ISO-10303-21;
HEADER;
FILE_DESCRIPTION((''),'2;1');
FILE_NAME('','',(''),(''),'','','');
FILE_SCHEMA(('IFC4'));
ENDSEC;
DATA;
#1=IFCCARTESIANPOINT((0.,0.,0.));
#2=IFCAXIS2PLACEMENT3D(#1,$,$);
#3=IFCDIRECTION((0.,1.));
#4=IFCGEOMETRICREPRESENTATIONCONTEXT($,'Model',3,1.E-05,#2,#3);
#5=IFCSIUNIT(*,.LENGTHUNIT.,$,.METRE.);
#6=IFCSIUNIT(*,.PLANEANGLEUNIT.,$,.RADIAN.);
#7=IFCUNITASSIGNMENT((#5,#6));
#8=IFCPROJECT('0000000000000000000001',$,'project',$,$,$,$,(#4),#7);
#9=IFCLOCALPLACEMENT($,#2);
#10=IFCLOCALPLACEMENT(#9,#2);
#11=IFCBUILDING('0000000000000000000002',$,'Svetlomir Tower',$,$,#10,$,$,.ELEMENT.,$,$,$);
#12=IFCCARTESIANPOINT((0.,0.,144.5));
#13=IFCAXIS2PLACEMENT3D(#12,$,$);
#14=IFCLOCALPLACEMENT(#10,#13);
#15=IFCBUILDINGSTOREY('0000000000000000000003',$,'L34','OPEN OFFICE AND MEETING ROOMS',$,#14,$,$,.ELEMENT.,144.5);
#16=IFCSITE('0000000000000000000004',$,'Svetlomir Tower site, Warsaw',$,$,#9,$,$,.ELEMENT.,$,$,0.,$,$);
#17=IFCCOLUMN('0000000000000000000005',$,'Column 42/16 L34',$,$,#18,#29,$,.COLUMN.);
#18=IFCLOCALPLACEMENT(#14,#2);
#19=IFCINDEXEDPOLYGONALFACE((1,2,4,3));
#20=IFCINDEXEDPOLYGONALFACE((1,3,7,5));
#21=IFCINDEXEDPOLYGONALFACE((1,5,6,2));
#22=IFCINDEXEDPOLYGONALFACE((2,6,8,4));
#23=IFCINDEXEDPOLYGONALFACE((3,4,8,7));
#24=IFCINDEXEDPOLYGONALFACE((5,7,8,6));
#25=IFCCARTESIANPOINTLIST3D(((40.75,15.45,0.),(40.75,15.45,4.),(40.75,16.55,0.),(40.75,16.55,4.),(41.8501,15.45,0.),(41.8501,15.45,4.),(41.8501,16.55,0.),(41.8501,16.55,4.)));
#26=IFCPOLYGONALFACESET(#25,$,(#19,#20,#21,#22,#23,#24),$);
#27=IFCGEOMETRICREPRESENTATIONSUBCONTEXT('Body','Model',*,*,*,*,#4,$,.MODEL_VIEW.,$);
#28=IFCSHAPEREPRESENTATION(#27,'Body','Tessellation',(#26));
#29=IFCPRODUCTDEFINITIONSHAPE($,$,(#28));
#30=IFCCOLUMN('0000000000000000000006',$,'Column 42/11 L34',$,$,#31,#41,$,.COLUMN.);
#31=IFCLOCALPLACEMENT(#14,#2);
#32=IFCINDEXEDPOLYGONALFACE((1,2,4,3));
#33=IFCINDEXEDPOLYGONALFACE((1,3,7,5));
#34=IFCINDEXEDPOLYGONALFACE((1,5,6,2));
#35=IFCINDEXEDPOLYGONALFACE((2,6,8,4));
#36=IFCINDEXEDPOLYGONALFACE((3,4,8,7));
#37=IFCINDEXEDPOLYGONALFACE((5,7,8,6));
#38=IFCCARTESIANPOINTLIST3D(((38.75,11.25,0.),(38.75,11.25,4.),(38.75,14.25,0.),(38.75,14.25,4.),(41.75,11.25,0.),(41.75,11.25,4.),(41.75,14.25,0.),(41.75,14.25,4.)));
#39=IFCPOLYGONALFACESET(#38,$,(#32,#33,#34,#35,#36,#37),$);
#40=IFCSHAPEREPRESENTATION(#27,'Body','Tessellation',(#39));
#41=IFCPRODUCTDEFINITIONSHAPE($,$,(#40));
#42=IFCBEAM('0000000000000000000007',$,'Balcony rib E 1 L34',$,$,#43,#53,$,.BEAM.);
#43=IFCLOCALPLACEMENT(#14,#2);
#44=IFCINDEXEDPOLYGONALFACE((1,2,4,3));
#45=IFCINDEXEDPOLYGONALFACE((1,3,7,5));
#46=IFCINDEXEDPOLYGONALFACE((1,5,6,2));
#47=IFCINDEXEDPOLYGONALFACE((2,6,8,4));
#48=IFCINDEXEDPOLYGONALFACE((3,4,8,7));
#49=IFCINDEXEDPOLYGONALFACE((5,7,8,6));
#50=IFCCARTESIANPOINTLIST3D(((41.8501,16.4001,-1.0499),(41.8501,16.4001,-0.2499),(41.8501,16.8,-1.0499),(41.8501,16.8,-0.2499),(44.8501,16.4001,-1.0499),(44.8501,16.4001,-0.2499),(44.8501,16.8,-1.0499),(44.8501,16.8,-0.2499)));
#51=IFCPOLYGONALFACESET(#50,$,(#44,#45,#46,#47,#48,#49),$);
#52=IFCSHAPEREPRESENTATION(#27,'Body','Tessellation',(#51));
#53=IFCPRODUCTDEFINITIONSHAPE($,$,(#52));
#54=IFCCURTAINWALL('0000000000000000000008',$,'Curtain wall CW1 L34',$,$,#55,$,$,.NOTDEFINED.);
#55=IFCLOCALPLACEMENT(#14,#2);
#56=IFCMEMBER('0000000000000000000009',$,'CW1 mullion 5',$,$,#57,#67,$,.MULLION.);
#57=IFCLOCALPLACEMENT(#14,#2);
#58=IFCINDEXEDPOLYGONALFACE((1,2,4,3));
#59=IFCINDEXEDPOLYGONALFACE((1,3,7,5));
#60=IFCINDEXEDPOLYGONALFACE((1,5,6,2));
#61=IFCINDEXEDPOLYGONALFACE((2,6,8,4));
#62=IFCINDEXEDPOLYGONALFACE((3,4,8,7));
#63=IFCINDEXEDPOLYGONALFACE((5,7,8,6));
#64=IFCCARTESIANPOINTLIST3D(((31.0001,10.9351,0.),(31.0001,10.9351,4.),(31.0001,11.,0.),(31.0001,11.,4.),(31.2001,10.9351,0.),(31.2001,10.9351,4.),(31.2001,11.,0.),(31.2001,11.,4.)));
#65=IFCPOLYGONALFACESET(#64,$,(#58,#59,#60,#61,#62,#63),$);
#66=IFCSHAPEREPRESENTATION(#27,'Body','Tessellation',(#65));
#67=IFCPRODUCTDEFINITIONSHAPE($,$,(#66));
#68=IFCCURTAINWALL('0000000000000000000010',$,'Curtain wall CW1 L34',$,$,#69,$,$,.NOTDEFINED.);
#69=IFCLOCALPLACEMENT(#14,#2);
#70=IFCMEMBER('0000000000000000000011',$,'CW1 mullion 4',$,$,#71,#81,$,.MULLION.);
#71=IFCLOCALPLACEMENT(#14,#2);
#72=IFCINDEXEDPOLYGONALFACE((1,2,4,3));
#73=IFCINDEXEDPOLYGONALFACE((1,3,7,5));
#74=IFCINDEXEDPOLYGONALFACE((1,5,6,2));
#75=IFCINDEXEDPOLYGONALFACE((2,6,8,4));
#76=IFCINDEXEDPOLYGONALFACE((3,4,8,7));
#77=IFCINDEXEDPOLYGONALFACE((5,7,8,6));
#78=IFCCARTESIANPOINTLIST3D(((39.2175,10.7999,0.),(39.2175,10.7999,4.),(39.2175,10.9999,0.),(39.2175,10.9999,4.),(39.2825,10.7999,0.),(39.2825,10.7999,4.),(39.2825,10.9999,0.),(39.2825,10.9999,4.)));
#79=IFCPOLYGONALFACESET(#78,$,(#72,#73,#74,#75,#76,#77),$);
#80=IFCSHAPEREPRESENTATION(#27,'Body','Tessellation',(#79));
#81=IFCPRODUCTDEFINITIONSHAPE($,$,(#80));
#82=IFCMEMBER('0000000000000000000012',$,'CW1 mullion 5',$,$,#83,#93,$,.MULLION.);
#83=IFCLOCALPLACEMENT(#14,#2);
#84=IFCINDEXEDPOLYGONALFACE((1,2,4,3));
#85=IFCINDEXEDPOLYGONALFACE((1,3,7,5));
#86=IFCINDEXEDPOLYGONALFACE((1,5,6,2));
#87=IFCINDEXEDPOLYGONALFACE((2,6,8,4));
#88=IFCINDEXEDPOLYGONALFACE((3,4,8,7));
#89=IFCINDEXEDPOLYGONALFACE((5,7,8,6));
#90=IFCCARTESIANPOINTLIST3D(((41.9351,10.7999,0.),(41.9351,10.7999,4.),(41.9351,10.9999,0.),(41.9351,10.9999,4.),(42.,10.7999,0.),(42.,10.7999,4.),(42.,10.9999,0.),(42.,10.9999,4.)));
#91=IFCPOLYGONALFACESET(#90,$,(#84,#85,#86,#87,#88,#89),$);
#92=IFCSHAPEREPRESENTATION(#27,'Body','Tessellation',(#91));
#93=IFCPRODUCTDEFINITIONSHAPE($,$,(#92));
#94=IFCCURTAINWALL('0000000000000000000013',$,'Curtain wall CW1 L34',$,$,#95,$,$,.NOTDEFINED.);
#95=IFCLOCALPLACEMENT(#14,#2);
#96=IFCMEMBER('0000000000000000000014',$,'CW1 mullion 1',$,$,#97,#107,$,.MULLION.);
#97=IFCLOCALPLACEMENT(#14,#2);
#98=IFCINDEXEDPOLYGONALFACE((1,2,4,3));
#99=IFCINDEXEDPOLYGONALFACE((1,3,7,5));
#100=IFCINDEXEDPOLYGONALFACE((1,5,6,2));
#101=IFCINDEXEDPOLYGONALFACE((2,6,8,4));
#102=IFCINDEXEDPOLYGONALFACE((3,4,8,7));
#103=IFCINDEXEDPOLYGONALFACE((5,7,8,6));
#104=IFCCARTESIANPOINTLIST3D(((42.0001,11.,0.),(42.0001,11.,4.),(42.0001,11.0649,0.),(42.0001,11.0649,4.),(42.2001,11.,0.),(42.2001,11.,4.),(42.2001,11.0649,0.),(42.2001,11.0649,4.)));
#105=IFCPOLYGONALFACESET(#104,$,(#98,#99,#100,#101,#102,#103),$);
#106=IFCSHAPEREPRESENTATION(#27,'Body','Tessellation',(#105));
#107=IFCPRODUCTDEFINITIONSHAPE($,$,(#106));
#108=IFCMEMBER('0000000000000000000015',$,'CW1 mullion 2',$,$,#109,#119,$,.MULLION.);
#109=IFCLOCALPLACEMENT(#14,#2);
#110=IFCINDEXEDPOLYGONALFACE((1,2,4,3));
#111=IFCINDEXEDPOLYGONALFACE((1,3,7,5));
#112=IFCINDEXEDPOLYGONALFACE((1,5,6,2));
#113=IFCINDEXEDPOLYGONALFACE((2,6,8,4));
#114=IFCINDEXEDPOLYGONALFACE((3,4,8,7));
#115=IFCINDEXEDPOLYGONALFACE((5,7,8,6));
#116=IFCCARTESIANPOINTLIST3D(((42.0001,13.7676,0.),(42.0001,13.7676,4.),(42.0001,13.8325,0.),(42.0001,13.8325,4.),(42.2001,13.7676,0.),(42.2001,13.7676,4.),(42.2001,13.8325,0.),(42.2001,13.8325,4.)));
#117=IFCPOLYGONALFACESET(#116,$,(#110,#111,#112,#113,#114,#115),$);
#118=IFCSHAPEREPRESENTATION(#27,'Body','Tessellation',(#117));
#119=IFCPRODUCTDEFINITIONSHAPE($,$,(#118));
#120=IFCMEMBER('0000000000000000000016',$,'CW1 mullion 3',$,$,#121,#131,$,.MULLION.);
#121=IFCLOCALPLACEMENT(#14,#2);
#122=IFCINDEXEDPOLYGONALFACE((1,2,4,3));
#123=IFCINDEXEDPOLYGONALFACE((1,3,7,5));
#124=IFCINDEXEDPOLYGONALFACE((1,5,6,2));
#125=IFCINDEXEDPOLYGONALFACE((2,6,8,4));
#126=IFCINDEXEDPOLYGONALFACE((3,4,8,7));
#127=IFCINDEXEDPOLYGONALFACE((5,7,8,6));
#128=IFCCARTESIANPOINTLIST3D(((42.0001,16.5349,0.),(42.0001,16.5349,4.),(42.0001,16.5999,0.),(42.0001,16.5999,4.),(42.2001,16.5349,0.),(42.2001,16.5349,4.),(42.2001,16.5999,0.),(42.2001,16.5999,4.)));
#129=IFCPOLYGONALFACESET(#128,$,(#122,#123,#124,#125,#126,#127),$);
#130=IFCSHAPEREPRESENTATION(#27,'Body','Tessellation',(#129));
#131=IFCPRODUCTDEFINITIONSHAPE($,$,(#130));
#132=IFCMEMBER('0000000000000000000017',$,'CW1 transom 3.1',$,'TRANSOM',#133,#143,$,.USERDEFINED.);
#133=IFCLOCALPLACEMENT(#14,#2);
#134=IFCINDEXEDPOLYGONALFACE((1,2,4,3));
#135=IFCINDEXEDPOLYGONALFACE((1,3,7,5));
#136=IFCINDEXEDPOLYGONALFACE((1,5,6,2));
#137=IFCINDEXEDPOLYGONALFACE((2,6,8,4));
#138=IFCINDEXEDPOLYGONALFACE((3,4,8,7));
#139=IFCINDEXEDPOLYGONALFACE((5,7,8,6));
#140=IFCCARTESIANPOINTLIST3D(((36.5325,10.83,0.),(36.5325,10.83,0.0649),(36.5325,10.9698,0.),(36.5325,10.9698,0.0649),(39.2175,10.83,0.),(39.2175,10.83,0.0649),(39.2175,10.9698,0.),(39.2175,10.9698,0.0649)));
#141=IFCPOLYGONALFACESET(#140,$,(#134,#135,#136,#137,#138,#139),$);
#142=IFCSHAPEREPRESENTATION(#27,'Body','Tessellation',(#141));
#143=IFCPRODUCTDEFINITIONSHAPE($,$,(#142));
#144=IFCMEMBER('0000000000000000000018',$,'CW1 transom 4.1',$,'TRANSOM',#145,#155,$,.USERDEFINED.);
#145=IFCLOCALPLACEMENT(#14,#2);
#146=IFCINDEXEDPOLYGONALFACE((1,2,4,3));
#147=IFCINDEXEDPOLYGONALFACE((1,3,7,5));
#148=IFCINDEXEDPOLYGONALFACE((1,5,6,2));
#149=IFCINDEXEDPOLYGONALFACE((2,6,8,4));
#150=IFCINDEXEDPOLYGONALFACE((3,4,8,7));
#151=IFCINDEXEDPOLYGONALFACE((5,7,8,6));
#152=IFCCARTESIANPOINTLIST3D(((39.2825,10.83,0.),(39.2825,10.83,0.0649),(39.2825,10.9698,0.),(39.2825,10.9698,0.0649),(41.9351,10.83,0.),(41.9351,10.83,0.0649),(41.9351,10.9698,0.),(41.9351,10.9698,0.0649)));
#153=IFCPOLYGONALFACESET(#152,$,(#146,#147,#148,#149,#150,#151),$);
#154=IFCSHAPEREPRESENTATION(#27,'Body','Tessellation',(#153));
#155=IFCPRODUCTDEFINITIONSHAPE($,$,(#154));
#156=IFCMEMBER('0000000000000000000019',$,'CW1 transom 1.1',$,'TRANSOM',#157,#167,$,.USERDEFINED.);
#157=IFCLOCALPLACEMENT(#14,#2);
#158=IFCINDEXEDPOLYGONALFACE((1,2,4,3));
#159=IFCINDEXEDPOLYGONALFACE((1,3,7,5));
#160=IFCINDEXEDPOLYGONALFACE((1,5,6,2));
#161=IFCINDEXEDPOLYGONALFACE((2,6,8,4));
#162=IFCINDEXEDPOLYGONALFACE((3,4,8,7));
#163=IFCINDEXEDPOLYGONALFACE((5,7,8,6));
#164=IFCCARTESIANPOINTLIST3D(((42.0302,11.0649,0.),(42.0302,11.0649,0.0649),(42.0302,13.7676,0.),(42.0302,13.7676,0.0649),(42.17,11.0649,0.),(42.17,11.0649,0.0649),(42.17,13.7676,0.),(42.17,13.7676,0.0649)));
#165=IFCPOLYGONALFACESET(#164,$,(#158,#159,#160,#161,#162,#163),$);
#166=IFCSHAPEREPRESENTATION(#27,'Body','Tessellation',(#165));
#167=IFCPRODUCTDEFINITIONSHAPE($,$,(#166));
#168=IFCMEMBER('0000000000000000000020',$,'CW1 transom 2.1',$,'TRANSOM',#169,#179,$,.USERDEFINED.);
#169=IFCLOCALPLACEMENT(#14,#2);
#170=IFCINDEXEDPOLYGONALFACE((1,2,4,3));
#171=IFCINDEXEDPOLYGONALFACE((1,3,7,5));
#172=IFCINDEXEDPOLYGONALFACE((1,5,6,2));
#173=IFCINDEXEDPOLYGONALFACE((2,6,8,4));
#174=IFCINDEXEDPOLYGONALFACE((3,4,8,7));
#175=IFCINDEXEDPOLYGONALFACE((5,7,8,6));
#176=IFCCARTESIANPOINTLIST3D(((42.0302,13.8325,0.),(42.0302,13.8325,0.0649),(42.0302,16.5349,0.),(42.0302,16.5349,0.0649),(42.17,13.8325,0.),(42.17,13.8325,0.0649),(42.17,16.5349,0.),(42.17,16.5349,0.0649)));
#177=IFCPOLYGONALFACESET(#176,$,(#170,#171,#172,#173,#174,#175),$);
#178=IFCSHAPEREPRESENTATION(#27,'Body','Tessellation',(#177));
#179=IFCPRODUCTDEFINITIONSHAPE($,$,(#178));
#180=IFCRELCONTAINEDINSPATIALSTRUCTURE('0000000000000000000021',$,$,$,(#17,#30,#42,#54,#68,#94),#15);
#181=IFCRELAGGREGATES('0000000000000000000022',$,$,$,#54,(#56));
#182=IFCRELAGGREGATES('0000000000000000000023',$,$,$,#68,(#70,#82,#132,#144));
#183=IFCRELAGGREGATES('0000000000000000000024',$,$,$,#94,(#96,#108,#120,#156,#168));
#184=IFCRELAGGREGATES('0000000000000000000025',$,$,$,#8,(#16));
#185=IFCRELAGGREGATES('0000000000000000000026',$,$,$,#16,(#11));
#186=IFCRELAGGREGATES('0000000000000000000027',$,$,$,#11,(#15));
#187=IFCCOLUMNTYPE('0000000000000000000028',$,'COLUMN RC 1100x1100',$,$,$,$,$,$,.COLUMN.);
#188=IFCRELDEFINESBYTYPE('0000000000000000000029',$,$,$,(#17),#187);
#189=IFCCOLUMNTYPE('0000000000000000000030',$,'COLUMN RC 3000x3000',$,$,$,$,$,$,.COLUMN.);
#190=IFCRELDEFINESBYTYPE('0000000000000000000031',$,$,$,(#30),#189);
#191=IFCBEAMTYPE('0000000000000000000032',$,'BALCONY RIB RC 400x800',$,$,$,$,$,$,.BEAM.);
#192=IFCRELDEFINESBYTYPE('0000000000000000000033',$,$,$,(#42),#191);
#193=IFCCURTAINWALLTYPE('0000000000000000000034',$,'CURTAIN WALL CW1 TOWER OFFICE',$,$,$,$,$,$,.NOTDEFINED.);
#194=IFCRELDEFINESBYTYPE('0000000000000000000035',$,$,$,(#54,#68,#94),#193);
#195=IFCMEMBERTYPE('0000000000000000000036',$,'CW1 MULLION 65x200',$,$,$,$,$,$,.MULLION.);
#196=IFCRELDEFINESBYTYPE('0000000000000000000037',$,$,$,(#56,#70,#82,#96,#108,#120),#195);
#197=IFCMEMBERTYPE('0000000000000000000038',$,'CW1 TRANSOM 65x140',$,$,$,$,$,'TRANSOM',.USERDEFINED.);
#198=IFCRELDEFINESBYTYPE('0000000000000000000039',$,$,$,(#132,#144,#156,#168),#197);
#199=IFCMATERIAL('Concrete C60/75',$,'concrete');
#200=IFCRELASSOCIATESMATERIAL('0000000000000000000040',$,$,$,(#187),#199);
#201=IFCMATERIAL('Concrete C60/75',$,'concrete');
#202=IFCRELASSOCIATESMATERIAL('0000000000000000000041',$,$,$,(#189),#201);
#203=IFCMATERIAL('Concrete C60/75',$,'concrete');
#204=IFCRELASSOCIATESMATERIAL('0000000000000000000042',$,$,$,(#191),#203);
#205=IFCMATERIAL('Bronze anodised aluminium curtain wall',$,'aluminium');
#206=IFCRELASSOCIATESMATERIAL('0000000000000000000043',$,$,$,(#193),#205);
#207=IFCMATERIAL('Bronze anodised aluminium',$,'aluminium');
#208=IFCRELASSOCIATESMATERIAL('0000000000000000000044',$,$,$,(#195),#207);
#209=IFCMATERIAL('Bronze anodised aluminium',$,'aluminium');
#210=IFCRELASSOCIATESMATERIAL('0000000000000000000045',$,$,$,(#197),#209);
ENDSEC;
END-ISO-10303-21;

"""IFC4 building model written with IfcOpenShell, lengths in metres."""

from ifc_helpers import new_model, si_unit, direction, frame, origin, origin_2d, place, context, subcontext, project, spatial, rectangle, extrude, material, material_profile, profile_set, type_object, element, aggregate, save


model = new_model("IFC4")

# Units and contexts
model_context = context("Model", 3, precision=1e-05, world=origin(), true_north=direction((0.0, 1.0)))
body_context = subcontext(model_context, "Body", "Model", "MODEL_VIEW")
ifc_project = project(units=[si_unit("LENGTHUNIT", "METRE"), si_unit("PLANEANGLEUNIT", "RADIAN")], contexts=[model_context])

# Site, building, storey
site_placement = place(None, origin())
site = spatial("IfcSite", under=ifc_project, at=site_placement, Name="Svetlomir Tower site, Warsaw", CompositionType="ELEMENT", RefElevation=0.0)
building_placement = place(site_placement, origin())
building = spatial("IfcBuilding", under=site, at=building_placement, Name="Svetlomir Tower", CompositionType="ELEMENT")
storey_placement = place(building_placement, frame((0.0, 0.0, 144.5)))
storey = spatial("IfcBuildingStorey", under=building, at=storey_placement, Name="L34", Description="OPEN OFFICE AND MEETING ROOMS", CompositionType="ELEMENT", Elevation=144.5)

# Columns
ifc_material_1 = material(Name="Concrete C60/75", Category="concrete")
ifc_material_profile_1 = material_profile(ifc_material_1, rectangle(XDim=1.1001, YDim=1.1001, at=origin_2d()), Name="RC 1100x1100")
ifc_profile_set_1 = profile_set([ifc_material_profile_1], Name="Concrete C60/75")
column_type_1 = type_object("IfcColumnType", Name="COLUMN RC 1100x1100", PredefinedType="COLUMN", material=ifc_profile_set_1)
column_1_placement = place(storey_placement, frame((41.3, 16.0, 0.0), z_axis=(0.0, 0.0, 1.0), x_axis=(1.0, 0.0, 0.0)))
element("IfcColumn", 1, at=column_1_placement, inside=storey, type_object=column_type_1, Name="Column 42/16 L34", PredefinedType="COLUMN", context=body_context, shape_type="SweptSolid", body=[
    extrude(rectangle(XDim=1.1001, YDim=1.1001, at=origin_2d()), origin(), (0.0, 0.0, 1.0), 4.0),
])
ifc_material_2 = material(Name="Concrete C60/75", Category="concrete")
ifc_material_profile_2 = material_profile(ifc_material_2, rectangle(XDim=3.0, YDim=3.0, at=origin_2d()), Name="RC 3000x3000")
ifc_profile_set_2 = profile_set([ifc_material_profile_2], Name="Concrete C60/75")
column_type_2 = type_object("IfcColumnType", Name="COLUMN RC 3000x3000", PredefinedType="COLUMN", material=ifc_profile_set_2)
column_2_placement = place(storey_placement, frame((40.25, 12.75, 0.0), z_axis=(0.0, 0.0, 1.0), x_axis=(1.0, 0.0, 0.0)))
element("IfcColumn", 2, at=column_2_placement, inside=storey, type_object=column_type_2, Name="Column 42/11 L34", PredefinedType="COLUMN", context=body_context, shape_type="SweptSolid", body=[
    extrude(rectangle(XDim=3.0, YDim=3.0, at=origin_2d()), origin(), (0.0, 0.0, 1.0), 4.0),
])

# Beam
ifc_material_3 = material(Name="Concrete C60/75", Category="concrete")
ifc_material_profile_3 = material_profile(ifc_material_3, rectangle(XDim=0.3999, YDim=0.8, at=origin_2d()), Name="RC 400x800")
ifc_profile_set_3 = profile_set([ifc_material_profile_3], Name="Concrete C60/75")
beam_type_1 = type_object("IfcBeamType", Name="BALCONY RIB RC 400x800", PredefinedType="BEAM", material=ifc_profile_set_3)
beam_1_placement = place(storey_placement, frame((41.8501, 16.6001, -0.6499), z_axis=(1.0, 0.0, 0.0), x_axis=(0.0, 1.0, 0.0)))
element("IfcBeam", 3, at=beam_1_placement, inside=storey, type_object=beam_type_1, Name="Balcony rib E 1 L34", PredefinedType="BEAM", context=body_context, shape_type="SweptSolid", body=[
    extrude(rectangle(XDim=0.3999, YDim=0.8, at=origin_2d()), origin(), (0.0, 0.0, 1.0), 3.0),
])

# Curtain wall, member
ifc_material_4 = material(Name="Bronze anodised aluminium curtain wall", Category="aluminium")
curtain_wall_type = type_object("IfcCurtainWallType", Name="CURTAIN WALL CW1 TOWER OFFICE", PredefinedType="NOTDEFINED", material=ifc_material_4)
curtain_wall_1_placement = place(storey_placement, origin())
curtain_wall_1 = element("IfcCurtainWall", 4, at=curtain_wall_1_placement, inside=storey, type_object=curtain_wall_type, Name="Curtain wall CW1 L34", PredefinedType="NOTDEFINED")
ifc_material_5 = material(Name="Bronze anodised aluminium", Category="aluminium")
ifc_material_profile_4 = material_profile(ifc_material_5, rectangle(XDim=0.0649, YDim=0.2, at=origin_2d()), Name="AL 65x200")
ifc_profile_set_4 = profile_set([ifc_material_profile_4], Name="Bronze anodised aluminium 6063-T6")
member_type_1 = type_object("IfcMemberType", Name="CW1 MULLION 65x200", PredefinedType="MULLION", material=ifc_profile_set_4)
member_1_placement = place(storey_placement, frame((31.1001, 10.9675, 0.0), z_axis=(0.0, 0.0, 1.0), x_axis=(0.0, 1.0, 0.0)))
member_1 = element("IfcMember", 5, at=member_1_placement, type_object=member_type_1, Name="CW1 mullion 5", PredefinedType="MULLION", context=body_context, shape_type="SweptSolid", body=[
    extrude(rectangle(XDim=0.0649, YDim=0.2, at=origin_2d()), origin(), (0.0, 0.0, 1.0), 4.0),
])
aggregate(curtain_wall_1, [member_1])

# Curtain walls, members
curtain_wall_2_placement = place(storey_placement, origin())
curtain_wall_2 = element("IfcCurtainWall", 6, at=curtain_wall_2_placement, inside=storey, type_object=curtain_wall_type, Name="Curtain wall CW1 L34", PredefinedType="NOTDEFINED")
member_2_placement = place(storey_placement, frame((39.25, 10.8999, 0.0), z_axis=(0.0, 0.0, 1.0), x_axis=(1.0, 0.0, 0.0)))
member_2 = element("IfcMember", 7, at=member_2_placement, type_object=member_type_1, Name="CW1 mullion 4", PredefinedType="MULLION", context=body_context, shape_type="SweptSolid", body=[
    extrude(rectangle(XDim=0.0649, YDim=0.2, at=origin_2d()), origin(), (0.0, 0.0, 1.0), 4.0),
])
member_3_placement = place(storey_placement, frame((41.9675, 10.8999, 0.0), z_axis=(0.0, 0.0, 1.0), x_axis=(1.0, 0.0, 0.0)))
member_3 = element("IfcMember", 8, at=member_3_placement, type_object=member_type_1, Name="CW1 mullion 5", PredefinedType="MULLION", context=body_context, shape_type="SweptSolid", body=[
    extrude(rectangle(XDim=0.0649, YDim=0.2, at=origin_2d()), origin(), (0.0, 0.0, 1.0), 4.0),
])
curtain_wall_3_placement = place(storey_placement, origin())
curtain_wall_3 = element("IfcCurtainWall", 9, at=curtain_wall_3_placement, inside=storey, type_object=curtain_wall_type, Name="Curtain wall CW1 L34", PredefinedType="NOTDEFINED")
member_4_placement = place(storey_placement, frame((42.1001, 11.0325, 0.0), z_axis=(0.0, 0.0, 1.0), x_axis=(0.0, 1.0, 0.0)))
member_4 = element("IfcMember", 10, at=member_4_placement, type_object=member_type_1, Name="CW1 mullion 1", PredefinedType="MULLION", context=body_context, shape_type="SweptSolid", body=[
    extrude(rectangle(XDim=0.0649, YDim=0.2, at=origin_2d()), origin(), (0.0, 0.0, 1.0), 4.0),
])
member_5_placement = place(storey_placement, frame((42.1001, 13.8, 0.0), z_axis=(0.0, 0.0, 1.0), x_axis=(0.0, 1.0, 0.0)))
member_5 = element("IfcMember", 11, at=member_5_placement, type_object=member_type_1, Name="CW1 mullion 2", PredefinedType="MULLION", context=body_context, shape_type="SweptSolid", body=[
    extrude(rectangle(XDim=0.0649, YDim=0.2, at=origin_2d()), origin(), (0.0, 0.0, 1.0), 4.0),
])
member_6_placement = place(storey_placement, frame((42.1001, 16.5674, 0.0), z_axis=(0.0, 0.0, 1.0), x_axis=(0.0, 1.0, 0.0)))
member_6 = element("IfcMember", 12, at=member_6_placement, type_object=member_type_1, Name="CW1 mullion 3", PredefinedType="MULLION", context=body_context, shape_type="SweptSolid", body=[
    extrude(rectangle(XDim=0.0649, YDim=0.2, at=origin_2d()), origin(), (0.0, 0.0, 1.0), 4.0),
])

# Members
ifc_material_6 = material(Name="Bronze anodised aluminium", Category="aluminium")
ifc_material_profile_5 = material_profile(ifc_material_6, rectangle(XDim=0.1399, YDim=0.0649, at=origin_2d()), Name="AL 140x65")
ifc_profile_set_5 = profile_set([ifc_material_profile_5], Name="Bronze anodised aluminium 6063-T6")
member_type_2 = type_object("IfcMemberType", Name="CW1 TRANSOM 65x140", ElementType="TRANSOM", PredefinedType="USERDEFINED", material=ifc_profile_set_5)
member_7_placement = place(storey_placement, frame((36.5325, 10.8999, 0.0325), z_axis=(1.0, 0.0, 0.0), x_axis=(0.0, 1.0, 0.0)))
member_7 = element("IfcMember", 13, at=member_7_placement, type_object=member_type_2, Name="CW1 transom 3.1", ObjectType="TRANSOM", PredefinedType="USERDEFINED", context=body_context, shape_type="SweptSolid", body=[
    extrude(rectangle(XDim=0.1399, YDim=0.0649, at=origin_2d()), origin(), (0.0, 0.0, 1.0), 2.6851),
])
member_8_placement = place(storey_placement, frame((39.2825, 10.8999, 0.0325), z_axis=(1.0, 0.0, 0.0), x_axis=(0.0, 1.0, 0.0)))
member_8 = element("IfcMember", 14, at=member_8_placement, type_object=member_type_2, Name="CW1 transom 4.1", ObjectType="TRANSOM", PredefinedType="USERDEFINED", context=body_context, shape_type="SweptSolid", body=[
    extrude(rectangle(XDim=0.1399, YDim=0.0649, at=origin_2d()), origin(), (0.0, 0.0, 1.0), 2.6526),
])
member_9_placement = place(storey_placement, frame((42.1001, 11.0649, 0.0325), z_axis=(0.0, 1.0, 0.0), x_axis=(-1.0, 0.0, 0.0)))
member_9 = element("IfcMember", 15, at=member_9_placement, type_object=member_type_2, Name="CW1 transom 1.1", ObjectType="TRANSOM", PredefinedType="USERDEFINED", context=body_context, shape_type="SweptSolid", body=[
    extrude(rectangle(XDim=0.1399, YDim=0.0649, at=origin_2d()), origin(), (0.0, 0.0, 1.0), 2.7026),
])
member_10_placement = place(storey_placement, frame((42.1001, 13.8325, 0.0325), z_axis=(0.0, 1.0, 0.0), x_axis=(-1.0, 0.0, 0.0)))
member_10 = element("IfcMember", 16, at=member_10_placement, type_object=member_type_2, Name="CW1 transom 2.1", ObjectType="TRANSOM", PredefinedType="USERDEFINED", context=body_context, shape_type="SweptSolid", body=[
    extrude(rectangle(XDim=0.1399, YDim=0.0649, at=origin_2d()), origin(), (0.0, 0.0, 1.0), 2.7024),
])

aggregate(curtain_wall_2, [member_2, member_3, member_7, member_8])
aggregate(curtain_wall_3, [member_4, member_5, member_6, member_9, member_10])

save(model, "model.ifc")
